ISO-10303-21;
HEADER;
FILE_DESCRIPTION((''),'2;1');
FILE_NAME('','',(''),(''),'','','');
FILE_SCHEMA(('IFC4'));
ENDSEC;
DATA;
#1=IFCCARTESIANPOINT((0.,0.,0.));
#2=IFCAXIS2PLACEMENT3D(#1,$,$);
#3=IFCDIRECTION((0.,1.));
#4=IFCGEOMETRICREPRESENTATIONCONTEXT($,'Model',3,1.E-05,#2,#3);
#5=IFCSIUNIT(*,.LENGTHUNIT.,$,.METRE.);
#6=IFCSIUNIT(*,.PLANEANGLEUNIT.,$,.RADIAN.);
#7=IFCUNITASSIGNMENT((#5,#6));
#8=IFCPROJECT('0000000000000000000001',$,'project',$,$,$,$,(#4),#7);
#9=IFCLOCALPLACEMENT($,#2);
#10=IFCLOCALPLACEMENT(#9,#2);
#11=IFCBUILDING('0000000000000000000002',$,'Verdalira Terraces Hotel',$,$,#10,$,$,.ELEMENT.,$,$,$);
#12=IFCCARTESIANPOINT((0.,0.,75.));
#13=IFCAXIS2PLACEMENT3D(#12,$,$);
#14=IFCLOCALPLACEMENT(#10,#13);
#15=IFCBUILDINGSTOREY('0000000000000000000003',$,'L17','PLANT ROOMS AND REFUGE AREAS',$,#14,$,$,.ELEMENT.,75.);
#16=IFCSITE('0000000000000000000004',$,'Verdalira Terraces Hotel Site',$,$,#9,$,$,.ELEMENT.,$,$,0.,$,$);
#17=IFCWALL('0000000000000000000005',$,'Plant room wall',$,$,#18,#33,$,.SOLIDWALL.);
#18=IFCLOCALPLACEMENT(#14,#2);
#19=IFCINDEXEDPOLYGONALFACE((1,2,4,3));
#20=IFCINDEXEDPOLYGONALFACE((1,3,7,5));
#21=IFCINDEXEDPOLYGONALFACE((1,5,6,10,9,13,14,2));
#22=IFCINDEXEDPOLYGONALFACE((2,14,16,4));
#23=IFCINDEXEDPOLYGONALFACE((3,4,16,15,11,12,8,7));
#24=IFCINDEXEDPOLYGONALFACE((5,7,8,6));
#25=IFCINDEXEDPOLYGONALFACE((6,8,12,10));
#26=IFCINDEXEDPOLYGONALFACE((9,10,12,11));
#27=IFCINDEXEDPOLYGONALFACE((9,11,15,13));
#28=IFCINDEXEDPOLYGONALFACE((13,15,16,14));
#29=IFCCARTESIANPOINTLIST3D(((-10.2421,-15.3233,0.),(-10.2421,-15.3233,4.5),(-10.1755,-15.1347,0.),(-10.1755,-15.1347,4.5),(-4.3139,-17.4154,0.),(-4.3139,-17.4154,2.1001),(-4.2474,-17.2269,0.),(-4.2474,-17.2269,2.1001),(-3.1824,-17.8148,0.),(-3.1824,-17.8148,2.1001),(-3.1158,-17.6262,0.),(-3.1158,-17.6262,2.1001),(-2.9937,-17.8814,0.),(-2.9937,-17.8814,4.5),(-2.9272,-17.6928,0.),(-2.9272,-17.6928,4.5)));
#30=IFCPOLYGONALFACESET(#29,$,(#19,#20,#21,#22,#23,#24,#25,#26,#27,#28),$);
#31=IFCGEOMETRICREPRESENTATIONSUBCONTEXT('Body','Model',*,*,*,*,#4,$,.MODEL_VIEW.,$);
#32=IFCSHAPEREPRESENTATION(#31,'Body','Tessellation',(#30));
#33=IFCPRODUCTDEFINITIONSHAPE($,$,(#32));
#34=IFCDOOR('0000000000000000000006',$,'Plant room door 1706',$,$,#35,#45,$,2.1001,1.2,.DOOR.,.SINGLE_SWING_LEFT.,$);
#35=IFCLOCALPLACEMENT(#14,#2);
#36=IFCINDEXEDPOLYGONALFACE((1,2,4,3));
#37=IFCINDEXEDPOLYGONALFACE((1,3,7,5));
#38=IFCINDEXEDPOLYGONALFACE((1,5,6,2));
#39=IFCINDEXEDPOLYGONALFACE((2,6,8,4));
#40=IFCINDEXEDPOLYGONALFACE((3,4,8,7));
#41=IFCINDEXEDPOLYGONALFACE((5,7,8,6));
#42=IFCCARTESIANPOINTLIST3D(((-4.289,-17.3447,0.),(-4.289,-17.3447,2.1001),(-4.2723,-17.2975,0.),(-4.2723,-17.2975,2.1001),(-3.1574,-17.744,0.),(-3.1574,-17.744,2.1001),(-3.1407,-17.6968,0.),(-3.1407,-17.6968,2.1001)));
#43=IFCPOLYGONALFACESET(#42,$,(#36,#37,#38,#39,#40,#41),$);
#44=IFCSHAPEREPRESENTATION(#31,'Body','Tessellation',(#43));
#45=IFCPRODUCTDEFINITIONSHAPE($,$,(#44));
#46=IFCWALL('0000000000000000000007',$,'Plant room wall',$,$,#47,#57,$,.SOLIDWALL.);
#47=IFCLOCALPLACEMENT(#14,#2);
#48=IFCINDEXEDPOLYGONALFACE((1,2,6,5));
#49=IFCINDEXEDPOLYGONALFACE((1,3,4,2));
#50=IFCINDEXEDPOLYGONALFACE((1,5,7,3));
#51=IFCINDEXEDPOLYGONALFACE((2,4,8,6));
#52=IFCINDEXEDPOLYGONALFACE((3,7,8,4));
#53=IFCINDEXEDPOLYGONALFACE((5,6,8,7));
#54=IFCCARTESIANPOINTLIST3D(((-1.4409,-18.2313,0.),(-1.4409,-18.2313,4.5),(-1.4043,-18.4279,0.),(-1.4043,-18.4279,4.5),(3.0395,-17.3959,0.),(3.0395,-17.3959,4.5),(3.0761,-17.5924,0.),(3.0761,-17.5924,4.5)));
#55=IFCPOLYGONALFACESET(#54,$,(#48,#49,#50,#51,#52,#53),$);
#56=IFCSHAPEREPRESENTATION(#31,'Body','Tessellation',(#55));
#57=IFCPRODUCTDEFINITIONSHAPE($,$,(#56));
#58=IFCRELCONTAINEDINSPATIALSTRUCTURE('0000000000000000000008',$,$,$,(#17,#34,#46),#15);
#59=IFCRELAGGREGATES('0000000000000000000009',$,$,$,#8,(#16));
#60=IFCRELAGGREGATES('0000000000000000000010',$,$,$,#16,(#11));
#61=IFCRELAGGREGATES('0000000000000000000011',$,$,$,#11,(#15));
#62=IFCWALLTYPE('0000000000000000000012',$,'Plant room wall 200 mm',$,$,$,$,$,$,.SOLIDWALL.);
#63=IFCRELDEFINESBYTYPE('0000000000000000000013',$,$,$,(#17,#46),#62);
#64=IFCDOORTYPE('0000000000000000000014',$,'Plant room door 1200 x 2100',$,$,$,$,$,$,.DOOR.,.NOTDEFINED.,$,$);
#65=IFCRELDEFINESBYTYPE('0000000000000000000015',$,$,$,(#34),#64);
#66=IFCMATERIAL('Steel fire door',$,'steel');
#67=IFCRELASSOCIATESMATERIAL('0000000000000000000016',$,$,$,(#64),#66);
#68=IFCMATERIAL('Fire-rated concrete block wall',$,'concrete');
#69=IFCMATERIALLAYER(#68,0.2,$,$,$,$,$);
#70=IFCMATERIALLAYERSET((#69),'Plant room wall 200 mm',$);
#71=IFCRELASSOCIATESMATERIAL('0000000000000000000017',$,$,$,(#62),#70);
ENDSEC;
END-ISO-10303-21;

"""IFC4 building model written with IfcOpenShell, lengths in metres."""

from ifc_helpers import new_model, si_unit, direction, frame, frame_2d, origin, place, context, subcontext, project, spatial, rectangle, extrude, material, layer, layer_set, type_object, element, fill, save


model = new_model("IFC4")

# Units and contexts
model_context = context("Model", 3, precision=1e-05, world=origin(), true_north=direction((0.0, 1.0)))
body_context = subcontext(model_context, "Body", "Model", "MODEL_VIEW")
ifc_project = project(units=[si_unit("LENGTHUNIT", "METRE"), si_unit("PLANEANGLEUNIT", "RADIAN")], contexts=[model_context])

# Site, building, storey
site_placement = place(None, origin())
site = spatial("IfcSite", under=ifc_project, at=site_placement, Name="Verdalira Terraces Hotel Site", CompositionType="ELEMENT", RefElevation=0.0)
building_placement = place(site_placement, origin())
building = spatial("IfcBuilding", under=site, at=building_placement, Name="Verdalira Terraces Hotel", CompositionType="ELEMENT")
storey_placement = place(building_placement, frame((0.0, 0.0, 75.0)))
storey = spatial("IfcBuildingStorey", under=building, at=storey_placement, Name="L17", Description="PLANT ROOMS AND REFUGE AREAS", CompositionType="ELEMENT", Elevation=75.0)

# Shared definitions
ifc_material_1 = material(Name="Steel fire door", Category="steel")
door_type_1 = type_object("IfcDoorType", Name="Plant room door 1200 x 2100", OperationType="NOTDEFINED", PredefinedType="DOOR", material=ifc_material_1)

# Shared definitions
ifc_material_2 = material(Name="Fire-rated concrete block wall", Category="concrete")
ifc_layer_1 = layer(ifc_material_2, 0.2)
ifc_layer_set_1 = layer_set([ifc_layer_1], Name="Plant room wall 200 mm")
wall_type_1 = type_object("IfcWallType", Name="Plant room wall 200 mm", PredefinedType="SOLIDWALL", material=ifc_layer_set_1)

# Wall, opening, door
wall_1_placement = place(storey_placement, frame((-2.9604, -17.7871, 0.0), z_axis=(0.0, 0.0, 1.0), x_axis=(-0.942995, 0.332807, 0.0)))
wall_1 = element("IfcWall", 1, at=wall_1_placement, inside=storey, type_object=wall_type_1, Name="Plant room wall", PredefinedType="SOLIDWALL", context=body_context, shape_type="SweptSolid", body=[
    extrude(rectangle(XDim=7.6865, YDim=0.2, at=frame_2d((3.8433, 0.0))), origin(), (0.0, 0.0, 1.0), 4.5),
])
opening_1_placement = place(wall_1_placement, frame((0.2, 0.0, 0.0)))
opening_1 = element("IfcOpeningElement", 2, at=opening_1_placement, cuts=wall_1, PredefinedType="OPENING", context=body_context, shape_type="SweptSolid", body=[
    extrude(rectangle(XDim=1.2, YDim=2.1001, at=frame_2d((0.6001, 1.05))), frame((0.0, 0.1099, 0.0), z_axis=(0.0, -1.0, 0.0), x_axis=(1.0, 0.0, 0.0)), (0.0, 0.0, 1.0), 0.22),
])
door_1_placement = place(opening_1_placement, origin())
door_1 = element("IfcDoor", 3, at=door_1_placement, inside=storey, type_object=door_type_1, Name="Plant room door 1706", OperationType="SINGLE_SWING_LEFT", OverallHeight=2.1001, OverallWidth=1.2, PredefinedType="DOOR", context=body_context, shape_type="SweptSolid", body=[
    extrude(rectangle(XDim=1.2, YDim=2.1001, at=frame_2d((0.6001, 1.05))), frame((0.0, 0.0249, 0.0), z_axis=(0.0, -1.0, 0.0), x_axis=(1.0, 0.0, 0.0)), (0.0, 0.0, 1.0), 0.05),
])
fill(opening_1, door_1)

# Wall
wall_2_placement = place(storey_placement, frame((-1.4226, -18.3296, 0.0), z_axis=(0.0, 0.0, 1.0), x_axis=(0.983056, 0.183305, 0.0)))
element("IfcWall", 4, at=wall_2_placement, inside=storey, type_object=wall_type_1, Name="Plant room wall", PredefinedType="SOLIDWALL", context=body_context, shape_type="SweptSolid", body=[
    extrude(rectangle(XDim=4.5576, YDim=0.2, at=frame_2d((2.2788, 0.0))), origin(), (0.0, 0.0, 1.0), 4.5),
])

save(model, "model.ifc")
